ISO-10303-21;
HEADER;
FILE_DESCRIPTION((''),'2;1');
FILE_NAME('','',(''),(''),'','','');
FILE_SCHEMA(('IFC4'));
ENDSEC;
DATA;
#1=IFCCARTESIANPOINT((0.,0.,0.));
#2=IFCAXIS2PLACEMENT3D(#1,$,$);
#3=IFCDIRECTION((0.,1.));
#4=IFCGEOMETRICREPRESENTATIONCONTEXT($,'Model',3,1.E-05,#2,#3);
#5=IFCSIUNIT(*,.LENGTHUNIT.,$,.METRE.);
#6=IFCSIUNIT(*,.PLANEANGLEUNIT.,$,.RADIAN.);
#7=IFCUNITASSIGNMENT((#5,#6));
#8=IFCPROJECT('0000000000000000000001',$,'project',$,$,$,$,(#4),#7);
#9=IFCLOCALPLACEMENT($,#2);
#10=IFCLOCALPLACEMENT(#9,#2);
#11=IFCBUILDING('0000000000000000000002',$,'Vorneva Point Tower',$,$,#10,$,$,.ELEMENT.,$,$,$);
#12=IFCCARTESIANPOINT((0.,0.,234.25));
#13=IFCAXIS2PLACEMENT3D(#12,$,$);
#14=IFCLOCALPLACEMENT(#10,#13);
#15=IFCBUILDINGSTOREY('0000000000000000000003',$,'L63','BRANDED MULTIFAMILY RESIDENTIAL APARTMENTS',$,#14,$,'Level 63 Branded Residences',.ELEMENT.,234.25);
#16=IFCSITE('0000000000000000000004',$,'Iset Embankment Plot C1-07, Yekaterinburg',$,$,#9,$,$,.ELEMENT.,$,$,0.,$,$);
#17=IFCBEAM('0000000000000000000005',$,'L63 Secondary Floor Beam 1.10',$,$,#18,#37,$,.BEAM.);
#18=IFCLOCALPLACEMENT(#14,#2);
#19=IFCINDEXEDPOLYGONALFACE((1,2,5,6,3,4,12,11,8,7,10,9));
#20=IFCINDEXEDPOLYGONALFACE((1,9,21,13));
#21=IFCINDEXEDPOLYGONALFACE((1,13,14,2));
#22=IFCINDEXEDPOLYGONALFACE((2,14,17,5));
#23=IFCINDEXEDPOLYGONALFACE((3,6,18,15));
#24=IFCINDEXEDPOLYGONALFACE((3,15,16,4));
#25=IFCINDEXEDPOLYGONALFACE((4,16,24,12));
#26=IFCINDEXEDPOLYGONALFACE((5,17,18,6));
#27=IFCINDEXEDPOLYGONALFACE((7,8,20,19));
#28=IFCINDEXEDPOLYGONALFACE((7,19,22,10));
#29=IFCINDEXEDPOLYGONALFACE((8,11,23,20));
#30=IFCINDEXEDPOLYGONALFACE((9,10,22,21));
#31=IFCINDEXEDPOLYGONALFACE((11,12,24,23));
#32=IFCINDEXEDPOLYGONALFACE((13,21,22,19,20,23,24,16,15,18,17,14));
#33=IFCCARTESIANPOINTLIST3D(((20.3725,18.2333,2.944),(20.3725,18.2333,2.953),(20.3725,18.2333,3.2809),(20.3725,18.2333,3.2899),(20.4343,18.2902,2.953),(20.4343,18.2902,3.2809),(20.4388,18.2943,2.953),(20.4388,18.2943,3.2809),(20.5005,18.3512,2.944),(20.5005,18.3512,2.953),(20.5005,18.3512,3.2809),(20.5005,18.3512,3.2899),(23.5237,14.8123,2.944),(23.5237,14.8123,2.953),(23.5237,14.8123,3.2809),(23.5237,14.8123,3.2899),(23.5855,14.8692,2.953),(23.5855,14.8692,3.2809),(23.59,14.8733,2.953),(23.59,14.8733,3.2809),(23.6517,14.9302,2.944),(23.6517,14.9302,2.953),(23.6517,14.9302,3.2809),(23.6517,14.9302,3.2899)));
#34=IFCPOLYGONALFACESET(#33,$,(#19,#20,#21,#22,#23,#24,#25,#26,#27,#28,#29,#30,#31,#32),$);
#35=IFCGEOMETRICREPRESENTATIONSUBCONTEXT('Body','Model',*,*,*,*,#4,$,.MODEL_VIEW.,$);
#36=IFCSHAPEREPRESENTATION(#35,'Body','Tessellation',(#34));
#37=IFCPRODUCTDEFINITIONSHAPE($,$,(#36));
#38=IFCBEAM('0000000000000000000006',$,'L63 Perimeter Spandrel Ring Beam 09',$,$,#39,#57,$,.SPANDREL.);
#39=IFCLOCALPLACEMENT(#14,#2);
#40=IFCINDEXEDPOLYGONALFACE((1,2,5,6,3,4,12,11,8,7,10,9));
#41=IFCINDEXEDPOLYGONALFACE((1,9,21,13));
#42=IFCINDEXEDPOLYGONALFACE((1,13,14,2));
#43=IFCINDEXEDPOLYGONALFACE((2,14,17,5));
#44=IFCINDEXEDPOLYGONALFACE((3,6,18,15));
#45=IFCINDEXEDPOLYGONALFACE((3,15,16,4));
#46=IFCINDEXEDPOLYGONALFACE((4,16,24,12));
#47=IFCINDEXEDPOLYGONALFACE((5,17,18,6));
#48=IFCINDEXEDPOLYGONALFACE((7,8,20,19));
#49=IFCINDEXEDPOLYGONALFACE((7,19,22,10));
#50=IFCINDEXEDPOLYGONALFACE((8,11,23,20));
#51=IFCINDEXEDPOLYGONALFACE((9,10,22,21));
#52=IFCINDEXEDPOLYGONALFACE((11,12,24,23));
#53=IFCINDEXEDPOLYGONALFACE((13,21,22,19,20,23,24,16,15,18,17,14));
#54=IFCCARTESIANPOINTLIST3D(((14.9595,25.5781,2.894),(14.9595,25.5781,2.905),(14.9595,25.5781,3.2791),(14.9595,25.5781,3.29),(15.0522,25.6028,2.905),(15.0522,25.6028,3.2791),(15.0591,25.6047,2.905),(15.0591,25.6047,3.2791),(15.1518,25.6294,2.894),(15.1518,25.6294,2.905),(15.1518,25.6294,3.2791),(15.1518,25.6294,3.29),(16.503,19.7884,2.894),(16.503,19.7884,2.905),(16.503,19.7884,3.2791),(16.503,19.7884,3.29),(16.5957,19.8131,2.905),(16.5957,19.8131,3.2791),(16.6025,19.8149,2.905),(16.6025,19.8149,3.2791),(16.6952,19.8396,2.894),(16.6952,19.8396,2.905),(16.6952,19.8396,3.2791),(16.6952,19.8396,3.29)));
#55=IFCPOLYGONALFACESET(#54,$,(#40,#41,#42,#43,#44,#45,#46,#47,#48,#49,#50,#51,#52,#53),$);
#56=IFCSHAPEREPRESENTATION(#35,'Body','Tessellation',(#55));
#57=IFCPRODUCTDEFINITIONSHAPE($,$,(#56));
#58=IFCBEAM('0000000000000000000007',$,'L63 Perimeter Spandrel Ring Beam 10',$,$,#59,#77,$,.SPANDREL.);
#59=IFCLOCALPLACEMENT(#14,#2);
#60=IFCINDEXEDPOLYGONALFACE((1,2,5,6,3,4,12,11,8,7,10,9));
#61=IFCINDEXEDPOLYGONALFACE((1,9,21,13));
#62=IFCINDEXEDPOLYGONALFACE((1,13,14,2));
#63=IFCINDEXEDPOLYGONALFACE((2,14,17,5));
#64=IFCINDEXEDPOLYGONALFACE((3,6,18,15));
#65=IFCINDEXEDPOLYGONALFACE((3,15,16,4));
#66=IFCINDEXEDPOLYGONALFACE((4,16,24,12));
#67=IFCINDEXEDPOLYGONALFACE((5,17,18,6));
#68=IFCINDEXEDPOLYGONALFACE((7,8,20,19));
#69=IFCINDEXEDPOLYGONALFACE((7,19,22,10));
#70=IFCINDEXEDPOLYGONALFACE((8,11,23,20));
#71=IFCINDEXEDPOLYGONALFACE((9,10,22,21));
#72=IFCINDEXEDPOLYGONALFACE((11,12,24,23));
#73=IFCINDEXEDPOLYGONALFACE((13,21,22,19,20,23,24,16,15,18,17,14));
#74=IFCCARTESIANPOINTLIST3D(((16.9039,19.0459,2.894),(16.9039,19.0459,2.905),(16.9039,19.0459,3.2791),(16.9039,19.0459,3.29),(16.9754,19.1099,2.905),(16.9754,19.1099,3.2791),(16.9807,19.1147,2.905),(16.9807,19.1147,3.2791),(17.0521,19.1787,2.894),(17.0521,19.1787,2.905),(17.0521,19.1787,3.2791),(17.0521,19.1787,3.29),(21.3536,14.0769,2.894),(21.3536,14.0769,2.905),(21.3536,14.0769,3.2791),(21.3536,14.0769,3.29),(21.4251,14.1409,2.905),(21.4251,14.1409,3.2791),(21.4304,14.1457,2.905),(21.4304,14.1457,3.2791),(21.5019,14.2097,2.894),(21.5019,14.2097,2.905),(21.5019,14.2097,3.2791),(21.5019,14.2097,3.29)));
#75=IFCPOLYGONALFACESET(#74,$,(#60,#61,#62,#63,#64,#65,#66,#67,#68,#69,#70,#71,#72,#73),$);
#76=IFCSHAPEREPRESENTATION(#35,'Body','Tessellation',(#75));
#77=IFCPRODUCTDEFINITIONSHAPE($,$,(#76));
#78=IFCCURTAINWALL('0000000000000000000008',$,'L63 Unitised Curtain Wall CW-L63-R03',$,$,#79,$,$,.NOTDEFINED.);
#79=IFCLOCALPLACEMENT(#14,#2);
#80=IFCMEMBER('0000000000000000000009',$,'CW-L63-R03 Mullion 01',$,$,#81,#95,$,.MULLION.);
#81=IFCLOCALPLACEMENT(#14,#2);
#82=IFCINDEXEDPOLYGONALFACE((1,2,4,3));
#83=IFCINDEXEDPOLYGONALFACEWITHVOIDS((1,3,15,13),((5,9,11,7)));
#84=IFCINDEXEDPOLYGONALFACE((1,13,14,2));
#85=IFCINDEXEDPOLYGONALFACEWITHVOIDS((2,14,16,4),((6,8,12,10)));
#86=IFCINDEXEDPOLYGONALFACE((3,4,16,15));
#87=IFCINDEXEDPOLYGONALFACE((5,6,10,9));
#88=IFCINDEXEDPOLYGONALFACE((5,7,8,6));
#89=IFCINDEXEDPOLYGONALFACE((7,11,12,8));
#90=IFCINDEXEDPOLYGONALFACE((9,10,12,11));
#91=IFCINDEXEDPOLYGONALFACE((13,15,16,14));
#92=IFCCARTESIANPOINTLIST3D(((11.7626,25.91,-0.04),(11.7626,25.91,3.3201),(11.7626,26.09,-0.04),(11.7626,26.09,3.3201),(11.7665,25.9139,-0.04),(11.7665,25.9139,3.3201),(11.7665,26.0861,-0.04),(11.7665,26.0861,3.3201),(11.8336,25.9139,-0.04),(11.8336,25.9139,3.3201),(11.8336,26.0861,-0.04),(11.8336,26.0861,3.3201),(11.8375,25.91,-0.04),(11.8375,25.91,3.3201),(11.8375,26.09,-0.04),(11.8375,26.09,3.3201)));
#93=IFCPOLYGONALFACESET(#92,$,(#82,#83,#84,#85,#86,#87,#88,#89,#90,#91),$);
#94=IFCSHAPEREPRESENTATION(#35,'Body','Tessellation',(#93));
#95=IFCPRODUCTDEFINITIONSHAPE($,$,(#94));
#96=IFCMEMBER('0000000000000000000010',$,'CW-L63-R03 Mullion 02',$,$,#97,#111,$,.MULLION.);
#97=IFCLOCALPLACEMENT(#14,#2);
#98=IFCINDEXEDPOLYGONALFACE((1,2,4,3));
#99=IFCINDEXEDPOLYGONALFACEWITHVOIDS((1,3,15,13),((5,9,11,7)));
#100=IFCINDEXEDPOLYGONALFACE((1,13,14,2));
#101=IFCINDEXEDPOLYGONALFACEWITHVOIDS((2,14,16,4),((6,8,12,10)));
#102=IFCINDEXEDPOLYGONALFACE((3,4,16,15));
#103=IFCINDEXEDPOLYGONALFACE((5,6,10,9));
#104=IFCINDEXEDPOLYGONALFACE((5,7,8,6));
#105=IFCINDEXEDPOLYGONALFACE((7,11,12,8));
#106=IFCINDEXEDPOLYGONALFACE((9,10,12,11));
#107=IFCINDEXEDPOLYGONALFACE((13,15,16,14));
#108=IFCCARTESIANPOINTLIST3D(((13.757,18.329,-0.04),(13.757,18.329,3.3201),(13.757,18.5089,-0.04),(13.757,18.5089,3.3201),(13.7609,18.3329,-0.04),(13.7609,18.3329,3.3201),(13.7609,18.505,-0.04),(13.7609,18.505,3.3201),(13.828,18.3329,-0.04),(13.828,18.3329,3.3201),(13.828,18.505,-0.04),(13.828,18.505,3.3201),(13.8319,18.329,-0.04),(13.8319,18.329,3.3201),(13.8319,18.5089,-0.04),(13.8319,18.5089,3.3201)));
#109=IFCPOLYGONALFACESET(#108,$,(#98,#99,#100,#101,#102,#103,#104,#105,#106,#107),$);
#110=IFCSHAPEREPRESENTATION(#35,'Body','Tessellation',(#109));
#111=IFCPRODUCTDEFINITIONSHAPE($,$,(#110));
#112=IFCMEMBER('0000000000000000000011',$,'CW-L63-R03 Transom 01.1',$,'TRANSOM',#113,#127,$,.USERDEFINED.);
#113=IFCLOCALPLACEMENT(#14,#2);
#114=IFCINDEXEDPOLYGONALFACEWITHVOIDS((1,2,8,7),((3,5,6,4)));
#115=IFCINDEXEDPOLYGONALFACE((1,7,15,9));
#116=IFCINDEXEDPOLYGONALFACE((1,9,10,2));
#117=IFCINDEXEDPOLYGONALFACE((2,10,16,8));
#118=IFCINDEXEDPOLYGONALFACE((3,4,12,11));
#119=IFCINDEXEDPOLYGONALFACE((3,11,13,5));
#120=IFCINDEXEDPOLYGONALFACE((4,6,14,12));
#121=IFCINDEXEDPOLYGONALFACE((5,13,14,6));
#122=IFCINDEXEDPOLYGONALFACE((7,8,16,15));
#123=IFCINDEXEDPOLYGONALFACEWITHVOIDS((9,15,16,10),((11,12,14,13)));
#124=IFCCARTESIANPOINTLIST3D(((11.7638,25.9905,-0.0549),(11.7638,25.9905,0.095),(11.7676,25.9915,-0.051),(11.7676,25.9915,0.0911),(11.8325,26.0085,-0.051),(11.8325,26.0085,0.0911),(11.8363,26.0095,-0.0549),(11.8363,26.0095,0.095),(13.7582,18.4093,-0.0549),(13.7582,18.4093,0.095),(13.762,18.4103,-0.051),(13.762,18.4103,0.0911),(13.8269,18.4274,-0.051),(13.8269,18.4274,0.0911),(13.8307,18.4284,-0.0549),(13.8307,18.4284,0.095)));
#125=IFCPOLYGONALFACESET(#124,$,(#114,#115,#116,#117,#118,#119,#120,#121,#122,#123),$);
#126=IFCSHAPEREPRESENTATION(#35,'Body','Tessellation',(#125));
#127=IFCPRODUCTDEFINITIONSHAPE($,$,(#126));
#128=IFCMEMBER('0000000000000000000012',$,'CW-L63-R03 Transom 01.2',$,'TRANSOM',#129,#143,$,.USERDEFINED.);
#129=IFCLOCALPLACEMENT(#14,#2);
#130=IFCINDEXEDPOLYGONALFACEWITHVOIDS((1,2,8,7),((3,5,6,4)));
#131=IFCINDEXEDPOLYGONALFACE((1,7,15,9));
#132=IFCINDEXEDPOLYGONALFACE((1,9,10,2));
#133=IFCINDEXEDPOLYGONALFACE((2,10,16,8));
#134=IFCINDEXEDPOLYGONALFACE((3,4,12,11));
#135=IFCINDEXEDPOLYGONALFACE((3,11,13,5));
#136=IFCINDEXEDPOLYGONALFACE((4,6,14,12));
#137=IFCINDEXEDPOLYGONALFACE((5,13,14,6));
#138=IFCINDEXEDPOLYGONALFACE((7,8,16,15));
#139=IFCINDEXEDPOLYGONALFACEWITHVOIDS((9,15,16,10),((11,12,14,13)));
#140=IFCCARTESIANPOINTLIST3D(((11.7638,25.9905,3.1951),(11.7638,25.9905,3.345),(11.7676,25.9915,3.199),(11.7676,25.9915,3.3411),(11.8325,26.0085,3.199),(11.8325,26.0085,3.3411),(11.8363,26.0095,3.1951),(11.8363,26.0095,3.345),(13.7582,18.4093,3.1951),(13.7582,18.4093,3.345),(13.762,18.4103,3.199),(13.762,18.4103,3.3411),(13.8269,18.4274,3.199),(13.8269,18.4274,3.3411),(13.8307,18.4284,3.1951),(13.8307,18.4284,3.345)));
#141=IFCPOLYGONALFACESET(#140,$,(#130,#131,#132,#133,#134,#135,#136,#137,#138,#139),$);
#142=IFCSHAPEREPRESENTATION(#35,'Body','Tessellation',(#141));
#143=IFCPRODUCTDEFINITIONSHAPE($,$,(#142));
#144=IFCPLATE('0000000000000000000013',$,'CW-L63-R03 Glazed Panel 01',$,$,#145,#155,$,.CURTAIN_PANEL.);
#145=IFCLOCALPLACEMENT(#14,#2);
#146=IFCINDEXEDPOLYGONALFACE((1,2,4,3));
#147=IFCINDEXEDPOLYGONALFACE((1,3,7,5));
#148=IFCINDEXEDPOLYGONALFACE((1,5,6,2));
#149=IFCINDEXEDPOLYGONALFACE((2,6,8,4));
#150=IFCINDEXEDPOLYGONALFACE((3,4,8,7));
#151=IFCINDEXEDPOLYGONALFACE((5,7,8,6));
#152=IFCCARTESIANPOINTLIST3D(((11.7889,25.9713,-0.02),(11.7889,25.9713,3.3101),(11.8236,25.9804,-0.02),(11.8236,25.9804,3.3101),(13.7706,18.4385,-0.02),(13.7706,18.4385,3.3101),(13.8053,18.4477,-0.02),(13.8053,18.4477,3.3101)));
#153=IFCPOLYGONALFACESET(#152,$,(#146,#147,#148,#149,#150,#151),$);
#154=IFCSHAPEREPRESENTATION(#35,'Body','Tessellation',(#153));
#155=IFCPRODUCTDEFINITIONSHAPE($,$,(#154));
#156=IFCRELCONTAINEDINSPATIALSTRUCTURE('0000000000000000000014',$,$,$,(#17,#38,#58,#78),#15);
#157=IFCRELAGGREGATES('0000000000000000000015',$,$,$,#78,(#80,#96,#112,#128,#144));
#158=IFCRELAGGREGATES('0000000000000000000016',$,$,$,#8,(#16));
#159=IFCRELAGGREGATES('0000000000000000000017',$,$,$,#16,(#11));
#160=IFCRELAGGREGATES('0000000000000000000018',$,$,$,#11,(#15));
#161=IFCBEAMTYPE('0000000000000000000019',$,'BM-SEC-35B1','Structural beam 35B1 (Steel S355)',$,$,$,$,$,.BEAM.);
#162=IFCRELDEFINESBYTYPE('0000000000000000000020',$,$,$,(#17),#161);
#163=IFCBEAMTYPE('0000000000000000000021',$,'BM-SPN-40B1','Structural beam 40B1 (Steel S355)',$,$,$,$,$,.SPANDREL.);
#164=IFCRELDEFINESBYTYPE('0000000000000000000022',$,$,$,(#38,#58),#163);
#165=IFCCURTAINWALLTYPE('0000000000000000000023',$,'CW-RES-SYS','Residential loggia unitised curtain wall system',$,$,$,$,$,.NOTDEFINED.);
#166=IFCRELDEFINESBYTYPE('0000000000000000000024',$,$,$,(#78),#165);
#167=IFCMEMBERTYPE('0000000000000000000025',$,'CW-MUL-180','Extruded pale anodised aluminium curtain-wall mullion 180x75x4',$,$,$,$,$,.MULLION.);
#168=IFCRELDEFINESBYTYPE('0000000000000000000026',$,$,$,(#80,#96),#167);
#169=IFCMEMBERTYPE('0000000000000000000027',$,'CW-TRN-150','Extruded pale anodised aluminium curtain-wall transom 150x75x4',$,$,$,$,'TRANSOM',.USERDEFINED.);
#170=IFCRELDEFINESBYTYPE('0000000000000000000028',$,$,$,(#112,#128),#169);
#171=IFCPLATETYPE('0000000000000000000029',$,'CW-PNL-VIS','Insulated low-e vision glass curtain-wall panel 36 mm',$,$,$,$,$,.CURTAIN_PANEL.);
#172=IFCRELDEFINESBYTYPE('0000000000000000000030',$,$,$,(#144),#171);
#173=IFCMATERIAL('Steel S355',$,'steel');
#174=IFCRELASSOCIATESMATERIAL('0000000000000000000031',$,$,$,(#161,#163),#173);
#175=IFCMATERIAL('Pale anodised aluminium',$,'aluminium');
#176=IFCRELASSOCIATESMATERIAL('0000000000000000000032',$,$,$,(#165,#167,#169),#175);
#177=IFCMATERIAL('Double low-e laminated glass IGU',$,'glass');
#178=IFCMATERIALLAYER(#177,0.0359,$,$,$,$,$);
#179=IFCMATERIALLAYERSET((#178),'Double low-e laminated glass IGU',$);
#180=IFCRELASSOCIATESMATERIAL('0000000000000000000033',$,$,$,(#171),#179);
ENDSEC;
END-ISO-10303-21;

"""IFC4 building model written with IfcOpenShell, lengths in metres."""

from ifc_helpers import new_model, si_unit, direction, frame, origin, origin_2d, place, context, subcontext, project, spatial, rectangle, hollow_rectangle, i_section, extrude, material, layer, layer_set, material_profile, profile_set, type_object, element, aggregate, save


model = new_model("IFC4")

# Units and contexts
model_context = context("Model", 3, precision=1e-05, world=origin(), true_north=direction((0.0, 1.0)))
body_context = subcontext(model_context, "Body", "Model", "MODEL_VIEW")
ifc_project = project(units=[si_unit("LENGTHUNIT", "METRE"), si_unit("PLANEANGLEUNIT", "RADIAN")], contexts=[model_context])

# Site, building, storey
site_placement = place(None, origin())
site = spatial("IfcSite", under=ifc_project, at=site_placement, Name="Iset Embankment Plot C1-07, Yekaterinburg", CompositionType="ELEMENT", RefElevation=0.0)
building_placement = place(site_placement, origin())
building = spatial("IfcBuilding", under=site, at=building_placement, Name="Vorneva Point Tower", CompositionType="ELEMENT")
storey_placement = place(building_placement, frame((0.0, 0.0, 234.25)))
storey = spatial("IfcBuildingStorey", under=building, at=storey_placement, Name="L63", Description="BRANDED MULTIFAMILY RESIDENTIAL APARTMENTS", LongName="Level 63 Branded Residences", CompositionType="ELEMENT", Elevation=234.25)

# Beams
ifc_material_1 = material(Name="Steel S355", Category="steel")
ifc_material_profile_1 = material_profile(ifc_material_1, i_section(OverallWidth=0.1741, OverallDepth=0.3459, WebThickness=0.0061, FlangeThickness=0.009, at=origin_2d()), Name="35B1")
ifc_profile_set_1 = profile_set([ifc_material_profile_1], Name="Steel S355")
beam_type_1 = type_object("IfcBeamType", Name="BM-SEC-35B1", Description="Structural beam 35B1 (Steel S355)", PredefinedType="BEAM", material=ifc_profile_set_1)
beam_1_placement = place(storey_placement, frame((20.4365, 18.2922, 3.1169), z_axis=(0.67751, -0.735513, 0.0), x_axis=(0.735513, 0.67751, 0.0)))
element("IfcBeam", 1, at=beam_1_placement, inside=storey, type_object=beam_type_1, Name="L63 Secondary Floor Beam 1.10", PredefinedType="BEAM", context=body_context, shape_type="SweptSolid", body=[
    extrude(i_section(OverallWidth=0.1741, OverallDepth=0.3459, WebThickness=0.0061, FlangeThickness=0.009, at=origin_2d()), origin(), (0.0, 0.0, 1.0), 4.6511),
])
ifc_material_profile_2 = material_profile(ifc_material_1, i_section(OverallWidth=0.199, OverallDepth=0.396, WebThickness=0.0071, FlangeThickness=0.011, at=origin_2d()), Name="40B1")
ifc_profile_set_2 = profile_set([ifc_material_profile_2], Name="Steel S355")
beam_type_2 = type_object("IfcBeamType", Name="BM-SPN-40B1", Description="Structural beam 40B1 (Steel S355)", PredefinedType="SPANDREL", material=ifc_profile_set_2)
beam_2_placement = place(storey_placement, frame((15.0557, 25.6038, 3.092), z_axis=(0.257587, -0.966255, 0.0), x_axis=(0.966255, 0.257587, 0.0)))
element("IfcBeam", 2, at=beam_2_placement, inside=storey, type_object=beam_type_2, Name="L63 Perimeter Spandrel Ring Beam 09", PredefinedType="SPANDREL", context=body_context, shape_type="SweptSolid", body=[
    extrude(i_section(OverallWidth=0.199, OverallDepth=0.396, WebThickness=0.0071, FlangeThickness=0.011, at=origin_2d()), origin(), (0.0, 0.0, 1.0), 5.9919),
])
beam_3_placement = place(storey_placement, frame((16.978, 19.1123, 3.092), z_axis=(0.667108, -0.744961, 0.0), x_axis=(0.744961, 0.667108, 0.0)))
element("IfcBeam", 3, at=beam_3_placement, inside=storey, type_object=beam_type_2, Name="L63 Perimeter Spandrel Ring Beam 10", PredefinedType="SPANDREL", context=body_context, shape_type="SweptSolid", body=[
    extrude(i_section(OverallWidth=0.199, OverallDepth=0.396, WebThickness=0.0071, FlangeThickness=0.011, at=origin_2d()), origin(), (0.0, 0.0, 1.0), 6.6702),
])

# Curtain wall, members, plate
ifc_material_2 = material(Name="Pale anodised aluminium", Category="aluminium")
curtain_wall_type = type_object("IfcCurtainWallType", Name="CW-RES-SYS", Description="Residential loggia unitised curtain wall system", PredefinedType="NOTDEFINED", material=ifc_material_2)
curtain_wall_placement = place(storey_placement, origin())
curtain_wall = element("IfcCurtainWall", 4, at=curtain_wall_placement, inside=storey, type_object=curtain_wall_type, Name="L63 Unitised Curtain Wall CW-L63-R03", PredefinedType="NOTDEFINED")
ifc_material_profile_3 = material_profile(ifc_material_2, hollow_rectangle(XDim=0.075, YDim=0.1799, WallThickness=0.0039, at=origin_2d()), Name="AL-MUL 180x75x4")
ifc_profile_set_3 = profile_set([ifc_material_profile_3], Name="Pale anodised aluminium")
member_type_1 = type_object("IfcMemberType", Name="CW-MUL-180", Description="Extruded pale anodised aluminium curtain-wall mullion 180x75x4", PredefinedType="MULLION", material=ifc_profile_set_3)
member_1_placement = place(storey_placement, frame((11.8, 26.0, -0.04), z_axis=(0.0, 0.0, 1.0), x_axis=(1.0, 0.0, 0.0)))
member_1 = element("IfcMember", 5, at=member_1_placement, type_object=member_type_1, Name="CW-L63-R03 Mullion 01", PredefinedType="MULLION", context=body_context, shape_type="SweptSolid", body=[
    extrude(hollow_rectangle(XDim=0.075, YDim=0.1799, WallThickness=0.0039, at=origin_2d()), origin(), (0.0, 0.0, 1.0), 3.3601),
])
member_2_placement = place(storey_placement, frame((13.7944, 18.4189, -0.04), z_axis=(0.0, 0.0, 1.0), x_axis=(1.0, 0.0, 0.0)))
member_2 = element("IfcMember", 6, at=member_2_placement, type_object=member_type_1, Name="CW-L63-R03 Mullion 02", PredefinedType="MULLION", context=body_context, shape_type="SweptSolid", body=[
    extrude(hollow_rectangle(XDim=0.075, YDim=0.1799, WallThickness=0.0039, at=origin_2d()), origin(), (0.0, 0.0, 1.0), 3.3601),
])
ifc_material_profile_4 = material_profile(ifc_material_2, hollow_rectangle(XDim=0.075, YDim=0.1499, WallThickness=0.0039, at=origin_2d()), Name="AL-TRN 150x75x4")
ifc_profile_set_4 = profile_set([ifc_material_profile_4], Name="Pale anodised aluminium")
member_type_2 = type_object("IfcMemberType", Name="CW-TRN-150", Description="Extruded pale anodised aluminium curtain-wall transom 150x75x4", ElementType="TRANSOM", PredefinedType="USERDEFINED", material=ifc_profile_set_4)
member_3_placement = place(storey_placement, frame((11.8, 26.0, 0.02), z_axis=(0.254418, -0.967094, 0.0), x_axis=(0.967094, 0.254418, 0.0)))
member_3 = element("IfcMember", 7, at=member_3_placement, type_object=member_type_2, Name="CW-L63-R03 Transom 01.1", ObjectType="TRANSOM", PredefinedType="USERDEFINED", context=body_context, shape_type="SweptSolid", body=[
    extrude(hollow_rectangle(XDim=0.075, YDim=0.1499, WallThickness=0.0039, at=origin_2d()), origin(), (0.0, 0.0, 1.0), 7.8391),
])
member_4_placement = place(storey_placement, frame((11.8, 26.0, 3.27), z_axis=(0.254418, -0.967094, 0.0), x_axis=(0.967094, 0.254418, 0.0)))
member_4 = element("IfcMember", 8, at=member_4_placement, type_object=member_type_2, Name="CW-L63-R03 Transom 01.2", ObjectType="TRANSOM", PredefinedType="USERDEFINED", context=body_context, shape_type="SweptSolid", body=[
    extrude(hollow_rectangle(XDim=0.075, YDim=0.1499, WallThickness=0.0039, at=origin_2d()), origin(), (0.0, 0.0, 1.0), 7.8391),
])
ifc_material_3 = material(Name="Double low-e laminated glass IGU", Category="glass")
ifc_layer_1 = layer(ifc_material_3, 0.0359)
ifc_layer_set_1 = layer_set([ifc_layer_1], Name="Double low-e laminated glass IGU")
plate_type = type_object("IfcPlateType", Name="CW-PNL-VIS", Description="Insulated low-e vision glass curtain-wall panel 36 mm", PredefinedType="CURTAIN_PANEL", material=ifc_layer_set_1)
plate_placement = place(storey_placement, frame((12.7971, 22.2095, -0.02), z_axis=(0.0, 0.0, 1.0), x_axis=(0.254416, -0.967095, 0.0)))
plate = element("IfcPlate", 9, at=plate_placement, type_object=plate_type, Name="CW-L63-R03 Glazed Panel 01", PredefinedType="CURTAIN_PANEL", context=body_context, shape_type="SweptSolid", body=[
    extrude(rectangle(XDim=7.7891, YDim=0.0359, at=origin_2d()), origin(), (0.0, 0.0, 1.0), 3.3301),
])
aggregate(curtain_wall, [member_1, member_2, member_3, member_4, plate])

save(model, "model.ifc")
